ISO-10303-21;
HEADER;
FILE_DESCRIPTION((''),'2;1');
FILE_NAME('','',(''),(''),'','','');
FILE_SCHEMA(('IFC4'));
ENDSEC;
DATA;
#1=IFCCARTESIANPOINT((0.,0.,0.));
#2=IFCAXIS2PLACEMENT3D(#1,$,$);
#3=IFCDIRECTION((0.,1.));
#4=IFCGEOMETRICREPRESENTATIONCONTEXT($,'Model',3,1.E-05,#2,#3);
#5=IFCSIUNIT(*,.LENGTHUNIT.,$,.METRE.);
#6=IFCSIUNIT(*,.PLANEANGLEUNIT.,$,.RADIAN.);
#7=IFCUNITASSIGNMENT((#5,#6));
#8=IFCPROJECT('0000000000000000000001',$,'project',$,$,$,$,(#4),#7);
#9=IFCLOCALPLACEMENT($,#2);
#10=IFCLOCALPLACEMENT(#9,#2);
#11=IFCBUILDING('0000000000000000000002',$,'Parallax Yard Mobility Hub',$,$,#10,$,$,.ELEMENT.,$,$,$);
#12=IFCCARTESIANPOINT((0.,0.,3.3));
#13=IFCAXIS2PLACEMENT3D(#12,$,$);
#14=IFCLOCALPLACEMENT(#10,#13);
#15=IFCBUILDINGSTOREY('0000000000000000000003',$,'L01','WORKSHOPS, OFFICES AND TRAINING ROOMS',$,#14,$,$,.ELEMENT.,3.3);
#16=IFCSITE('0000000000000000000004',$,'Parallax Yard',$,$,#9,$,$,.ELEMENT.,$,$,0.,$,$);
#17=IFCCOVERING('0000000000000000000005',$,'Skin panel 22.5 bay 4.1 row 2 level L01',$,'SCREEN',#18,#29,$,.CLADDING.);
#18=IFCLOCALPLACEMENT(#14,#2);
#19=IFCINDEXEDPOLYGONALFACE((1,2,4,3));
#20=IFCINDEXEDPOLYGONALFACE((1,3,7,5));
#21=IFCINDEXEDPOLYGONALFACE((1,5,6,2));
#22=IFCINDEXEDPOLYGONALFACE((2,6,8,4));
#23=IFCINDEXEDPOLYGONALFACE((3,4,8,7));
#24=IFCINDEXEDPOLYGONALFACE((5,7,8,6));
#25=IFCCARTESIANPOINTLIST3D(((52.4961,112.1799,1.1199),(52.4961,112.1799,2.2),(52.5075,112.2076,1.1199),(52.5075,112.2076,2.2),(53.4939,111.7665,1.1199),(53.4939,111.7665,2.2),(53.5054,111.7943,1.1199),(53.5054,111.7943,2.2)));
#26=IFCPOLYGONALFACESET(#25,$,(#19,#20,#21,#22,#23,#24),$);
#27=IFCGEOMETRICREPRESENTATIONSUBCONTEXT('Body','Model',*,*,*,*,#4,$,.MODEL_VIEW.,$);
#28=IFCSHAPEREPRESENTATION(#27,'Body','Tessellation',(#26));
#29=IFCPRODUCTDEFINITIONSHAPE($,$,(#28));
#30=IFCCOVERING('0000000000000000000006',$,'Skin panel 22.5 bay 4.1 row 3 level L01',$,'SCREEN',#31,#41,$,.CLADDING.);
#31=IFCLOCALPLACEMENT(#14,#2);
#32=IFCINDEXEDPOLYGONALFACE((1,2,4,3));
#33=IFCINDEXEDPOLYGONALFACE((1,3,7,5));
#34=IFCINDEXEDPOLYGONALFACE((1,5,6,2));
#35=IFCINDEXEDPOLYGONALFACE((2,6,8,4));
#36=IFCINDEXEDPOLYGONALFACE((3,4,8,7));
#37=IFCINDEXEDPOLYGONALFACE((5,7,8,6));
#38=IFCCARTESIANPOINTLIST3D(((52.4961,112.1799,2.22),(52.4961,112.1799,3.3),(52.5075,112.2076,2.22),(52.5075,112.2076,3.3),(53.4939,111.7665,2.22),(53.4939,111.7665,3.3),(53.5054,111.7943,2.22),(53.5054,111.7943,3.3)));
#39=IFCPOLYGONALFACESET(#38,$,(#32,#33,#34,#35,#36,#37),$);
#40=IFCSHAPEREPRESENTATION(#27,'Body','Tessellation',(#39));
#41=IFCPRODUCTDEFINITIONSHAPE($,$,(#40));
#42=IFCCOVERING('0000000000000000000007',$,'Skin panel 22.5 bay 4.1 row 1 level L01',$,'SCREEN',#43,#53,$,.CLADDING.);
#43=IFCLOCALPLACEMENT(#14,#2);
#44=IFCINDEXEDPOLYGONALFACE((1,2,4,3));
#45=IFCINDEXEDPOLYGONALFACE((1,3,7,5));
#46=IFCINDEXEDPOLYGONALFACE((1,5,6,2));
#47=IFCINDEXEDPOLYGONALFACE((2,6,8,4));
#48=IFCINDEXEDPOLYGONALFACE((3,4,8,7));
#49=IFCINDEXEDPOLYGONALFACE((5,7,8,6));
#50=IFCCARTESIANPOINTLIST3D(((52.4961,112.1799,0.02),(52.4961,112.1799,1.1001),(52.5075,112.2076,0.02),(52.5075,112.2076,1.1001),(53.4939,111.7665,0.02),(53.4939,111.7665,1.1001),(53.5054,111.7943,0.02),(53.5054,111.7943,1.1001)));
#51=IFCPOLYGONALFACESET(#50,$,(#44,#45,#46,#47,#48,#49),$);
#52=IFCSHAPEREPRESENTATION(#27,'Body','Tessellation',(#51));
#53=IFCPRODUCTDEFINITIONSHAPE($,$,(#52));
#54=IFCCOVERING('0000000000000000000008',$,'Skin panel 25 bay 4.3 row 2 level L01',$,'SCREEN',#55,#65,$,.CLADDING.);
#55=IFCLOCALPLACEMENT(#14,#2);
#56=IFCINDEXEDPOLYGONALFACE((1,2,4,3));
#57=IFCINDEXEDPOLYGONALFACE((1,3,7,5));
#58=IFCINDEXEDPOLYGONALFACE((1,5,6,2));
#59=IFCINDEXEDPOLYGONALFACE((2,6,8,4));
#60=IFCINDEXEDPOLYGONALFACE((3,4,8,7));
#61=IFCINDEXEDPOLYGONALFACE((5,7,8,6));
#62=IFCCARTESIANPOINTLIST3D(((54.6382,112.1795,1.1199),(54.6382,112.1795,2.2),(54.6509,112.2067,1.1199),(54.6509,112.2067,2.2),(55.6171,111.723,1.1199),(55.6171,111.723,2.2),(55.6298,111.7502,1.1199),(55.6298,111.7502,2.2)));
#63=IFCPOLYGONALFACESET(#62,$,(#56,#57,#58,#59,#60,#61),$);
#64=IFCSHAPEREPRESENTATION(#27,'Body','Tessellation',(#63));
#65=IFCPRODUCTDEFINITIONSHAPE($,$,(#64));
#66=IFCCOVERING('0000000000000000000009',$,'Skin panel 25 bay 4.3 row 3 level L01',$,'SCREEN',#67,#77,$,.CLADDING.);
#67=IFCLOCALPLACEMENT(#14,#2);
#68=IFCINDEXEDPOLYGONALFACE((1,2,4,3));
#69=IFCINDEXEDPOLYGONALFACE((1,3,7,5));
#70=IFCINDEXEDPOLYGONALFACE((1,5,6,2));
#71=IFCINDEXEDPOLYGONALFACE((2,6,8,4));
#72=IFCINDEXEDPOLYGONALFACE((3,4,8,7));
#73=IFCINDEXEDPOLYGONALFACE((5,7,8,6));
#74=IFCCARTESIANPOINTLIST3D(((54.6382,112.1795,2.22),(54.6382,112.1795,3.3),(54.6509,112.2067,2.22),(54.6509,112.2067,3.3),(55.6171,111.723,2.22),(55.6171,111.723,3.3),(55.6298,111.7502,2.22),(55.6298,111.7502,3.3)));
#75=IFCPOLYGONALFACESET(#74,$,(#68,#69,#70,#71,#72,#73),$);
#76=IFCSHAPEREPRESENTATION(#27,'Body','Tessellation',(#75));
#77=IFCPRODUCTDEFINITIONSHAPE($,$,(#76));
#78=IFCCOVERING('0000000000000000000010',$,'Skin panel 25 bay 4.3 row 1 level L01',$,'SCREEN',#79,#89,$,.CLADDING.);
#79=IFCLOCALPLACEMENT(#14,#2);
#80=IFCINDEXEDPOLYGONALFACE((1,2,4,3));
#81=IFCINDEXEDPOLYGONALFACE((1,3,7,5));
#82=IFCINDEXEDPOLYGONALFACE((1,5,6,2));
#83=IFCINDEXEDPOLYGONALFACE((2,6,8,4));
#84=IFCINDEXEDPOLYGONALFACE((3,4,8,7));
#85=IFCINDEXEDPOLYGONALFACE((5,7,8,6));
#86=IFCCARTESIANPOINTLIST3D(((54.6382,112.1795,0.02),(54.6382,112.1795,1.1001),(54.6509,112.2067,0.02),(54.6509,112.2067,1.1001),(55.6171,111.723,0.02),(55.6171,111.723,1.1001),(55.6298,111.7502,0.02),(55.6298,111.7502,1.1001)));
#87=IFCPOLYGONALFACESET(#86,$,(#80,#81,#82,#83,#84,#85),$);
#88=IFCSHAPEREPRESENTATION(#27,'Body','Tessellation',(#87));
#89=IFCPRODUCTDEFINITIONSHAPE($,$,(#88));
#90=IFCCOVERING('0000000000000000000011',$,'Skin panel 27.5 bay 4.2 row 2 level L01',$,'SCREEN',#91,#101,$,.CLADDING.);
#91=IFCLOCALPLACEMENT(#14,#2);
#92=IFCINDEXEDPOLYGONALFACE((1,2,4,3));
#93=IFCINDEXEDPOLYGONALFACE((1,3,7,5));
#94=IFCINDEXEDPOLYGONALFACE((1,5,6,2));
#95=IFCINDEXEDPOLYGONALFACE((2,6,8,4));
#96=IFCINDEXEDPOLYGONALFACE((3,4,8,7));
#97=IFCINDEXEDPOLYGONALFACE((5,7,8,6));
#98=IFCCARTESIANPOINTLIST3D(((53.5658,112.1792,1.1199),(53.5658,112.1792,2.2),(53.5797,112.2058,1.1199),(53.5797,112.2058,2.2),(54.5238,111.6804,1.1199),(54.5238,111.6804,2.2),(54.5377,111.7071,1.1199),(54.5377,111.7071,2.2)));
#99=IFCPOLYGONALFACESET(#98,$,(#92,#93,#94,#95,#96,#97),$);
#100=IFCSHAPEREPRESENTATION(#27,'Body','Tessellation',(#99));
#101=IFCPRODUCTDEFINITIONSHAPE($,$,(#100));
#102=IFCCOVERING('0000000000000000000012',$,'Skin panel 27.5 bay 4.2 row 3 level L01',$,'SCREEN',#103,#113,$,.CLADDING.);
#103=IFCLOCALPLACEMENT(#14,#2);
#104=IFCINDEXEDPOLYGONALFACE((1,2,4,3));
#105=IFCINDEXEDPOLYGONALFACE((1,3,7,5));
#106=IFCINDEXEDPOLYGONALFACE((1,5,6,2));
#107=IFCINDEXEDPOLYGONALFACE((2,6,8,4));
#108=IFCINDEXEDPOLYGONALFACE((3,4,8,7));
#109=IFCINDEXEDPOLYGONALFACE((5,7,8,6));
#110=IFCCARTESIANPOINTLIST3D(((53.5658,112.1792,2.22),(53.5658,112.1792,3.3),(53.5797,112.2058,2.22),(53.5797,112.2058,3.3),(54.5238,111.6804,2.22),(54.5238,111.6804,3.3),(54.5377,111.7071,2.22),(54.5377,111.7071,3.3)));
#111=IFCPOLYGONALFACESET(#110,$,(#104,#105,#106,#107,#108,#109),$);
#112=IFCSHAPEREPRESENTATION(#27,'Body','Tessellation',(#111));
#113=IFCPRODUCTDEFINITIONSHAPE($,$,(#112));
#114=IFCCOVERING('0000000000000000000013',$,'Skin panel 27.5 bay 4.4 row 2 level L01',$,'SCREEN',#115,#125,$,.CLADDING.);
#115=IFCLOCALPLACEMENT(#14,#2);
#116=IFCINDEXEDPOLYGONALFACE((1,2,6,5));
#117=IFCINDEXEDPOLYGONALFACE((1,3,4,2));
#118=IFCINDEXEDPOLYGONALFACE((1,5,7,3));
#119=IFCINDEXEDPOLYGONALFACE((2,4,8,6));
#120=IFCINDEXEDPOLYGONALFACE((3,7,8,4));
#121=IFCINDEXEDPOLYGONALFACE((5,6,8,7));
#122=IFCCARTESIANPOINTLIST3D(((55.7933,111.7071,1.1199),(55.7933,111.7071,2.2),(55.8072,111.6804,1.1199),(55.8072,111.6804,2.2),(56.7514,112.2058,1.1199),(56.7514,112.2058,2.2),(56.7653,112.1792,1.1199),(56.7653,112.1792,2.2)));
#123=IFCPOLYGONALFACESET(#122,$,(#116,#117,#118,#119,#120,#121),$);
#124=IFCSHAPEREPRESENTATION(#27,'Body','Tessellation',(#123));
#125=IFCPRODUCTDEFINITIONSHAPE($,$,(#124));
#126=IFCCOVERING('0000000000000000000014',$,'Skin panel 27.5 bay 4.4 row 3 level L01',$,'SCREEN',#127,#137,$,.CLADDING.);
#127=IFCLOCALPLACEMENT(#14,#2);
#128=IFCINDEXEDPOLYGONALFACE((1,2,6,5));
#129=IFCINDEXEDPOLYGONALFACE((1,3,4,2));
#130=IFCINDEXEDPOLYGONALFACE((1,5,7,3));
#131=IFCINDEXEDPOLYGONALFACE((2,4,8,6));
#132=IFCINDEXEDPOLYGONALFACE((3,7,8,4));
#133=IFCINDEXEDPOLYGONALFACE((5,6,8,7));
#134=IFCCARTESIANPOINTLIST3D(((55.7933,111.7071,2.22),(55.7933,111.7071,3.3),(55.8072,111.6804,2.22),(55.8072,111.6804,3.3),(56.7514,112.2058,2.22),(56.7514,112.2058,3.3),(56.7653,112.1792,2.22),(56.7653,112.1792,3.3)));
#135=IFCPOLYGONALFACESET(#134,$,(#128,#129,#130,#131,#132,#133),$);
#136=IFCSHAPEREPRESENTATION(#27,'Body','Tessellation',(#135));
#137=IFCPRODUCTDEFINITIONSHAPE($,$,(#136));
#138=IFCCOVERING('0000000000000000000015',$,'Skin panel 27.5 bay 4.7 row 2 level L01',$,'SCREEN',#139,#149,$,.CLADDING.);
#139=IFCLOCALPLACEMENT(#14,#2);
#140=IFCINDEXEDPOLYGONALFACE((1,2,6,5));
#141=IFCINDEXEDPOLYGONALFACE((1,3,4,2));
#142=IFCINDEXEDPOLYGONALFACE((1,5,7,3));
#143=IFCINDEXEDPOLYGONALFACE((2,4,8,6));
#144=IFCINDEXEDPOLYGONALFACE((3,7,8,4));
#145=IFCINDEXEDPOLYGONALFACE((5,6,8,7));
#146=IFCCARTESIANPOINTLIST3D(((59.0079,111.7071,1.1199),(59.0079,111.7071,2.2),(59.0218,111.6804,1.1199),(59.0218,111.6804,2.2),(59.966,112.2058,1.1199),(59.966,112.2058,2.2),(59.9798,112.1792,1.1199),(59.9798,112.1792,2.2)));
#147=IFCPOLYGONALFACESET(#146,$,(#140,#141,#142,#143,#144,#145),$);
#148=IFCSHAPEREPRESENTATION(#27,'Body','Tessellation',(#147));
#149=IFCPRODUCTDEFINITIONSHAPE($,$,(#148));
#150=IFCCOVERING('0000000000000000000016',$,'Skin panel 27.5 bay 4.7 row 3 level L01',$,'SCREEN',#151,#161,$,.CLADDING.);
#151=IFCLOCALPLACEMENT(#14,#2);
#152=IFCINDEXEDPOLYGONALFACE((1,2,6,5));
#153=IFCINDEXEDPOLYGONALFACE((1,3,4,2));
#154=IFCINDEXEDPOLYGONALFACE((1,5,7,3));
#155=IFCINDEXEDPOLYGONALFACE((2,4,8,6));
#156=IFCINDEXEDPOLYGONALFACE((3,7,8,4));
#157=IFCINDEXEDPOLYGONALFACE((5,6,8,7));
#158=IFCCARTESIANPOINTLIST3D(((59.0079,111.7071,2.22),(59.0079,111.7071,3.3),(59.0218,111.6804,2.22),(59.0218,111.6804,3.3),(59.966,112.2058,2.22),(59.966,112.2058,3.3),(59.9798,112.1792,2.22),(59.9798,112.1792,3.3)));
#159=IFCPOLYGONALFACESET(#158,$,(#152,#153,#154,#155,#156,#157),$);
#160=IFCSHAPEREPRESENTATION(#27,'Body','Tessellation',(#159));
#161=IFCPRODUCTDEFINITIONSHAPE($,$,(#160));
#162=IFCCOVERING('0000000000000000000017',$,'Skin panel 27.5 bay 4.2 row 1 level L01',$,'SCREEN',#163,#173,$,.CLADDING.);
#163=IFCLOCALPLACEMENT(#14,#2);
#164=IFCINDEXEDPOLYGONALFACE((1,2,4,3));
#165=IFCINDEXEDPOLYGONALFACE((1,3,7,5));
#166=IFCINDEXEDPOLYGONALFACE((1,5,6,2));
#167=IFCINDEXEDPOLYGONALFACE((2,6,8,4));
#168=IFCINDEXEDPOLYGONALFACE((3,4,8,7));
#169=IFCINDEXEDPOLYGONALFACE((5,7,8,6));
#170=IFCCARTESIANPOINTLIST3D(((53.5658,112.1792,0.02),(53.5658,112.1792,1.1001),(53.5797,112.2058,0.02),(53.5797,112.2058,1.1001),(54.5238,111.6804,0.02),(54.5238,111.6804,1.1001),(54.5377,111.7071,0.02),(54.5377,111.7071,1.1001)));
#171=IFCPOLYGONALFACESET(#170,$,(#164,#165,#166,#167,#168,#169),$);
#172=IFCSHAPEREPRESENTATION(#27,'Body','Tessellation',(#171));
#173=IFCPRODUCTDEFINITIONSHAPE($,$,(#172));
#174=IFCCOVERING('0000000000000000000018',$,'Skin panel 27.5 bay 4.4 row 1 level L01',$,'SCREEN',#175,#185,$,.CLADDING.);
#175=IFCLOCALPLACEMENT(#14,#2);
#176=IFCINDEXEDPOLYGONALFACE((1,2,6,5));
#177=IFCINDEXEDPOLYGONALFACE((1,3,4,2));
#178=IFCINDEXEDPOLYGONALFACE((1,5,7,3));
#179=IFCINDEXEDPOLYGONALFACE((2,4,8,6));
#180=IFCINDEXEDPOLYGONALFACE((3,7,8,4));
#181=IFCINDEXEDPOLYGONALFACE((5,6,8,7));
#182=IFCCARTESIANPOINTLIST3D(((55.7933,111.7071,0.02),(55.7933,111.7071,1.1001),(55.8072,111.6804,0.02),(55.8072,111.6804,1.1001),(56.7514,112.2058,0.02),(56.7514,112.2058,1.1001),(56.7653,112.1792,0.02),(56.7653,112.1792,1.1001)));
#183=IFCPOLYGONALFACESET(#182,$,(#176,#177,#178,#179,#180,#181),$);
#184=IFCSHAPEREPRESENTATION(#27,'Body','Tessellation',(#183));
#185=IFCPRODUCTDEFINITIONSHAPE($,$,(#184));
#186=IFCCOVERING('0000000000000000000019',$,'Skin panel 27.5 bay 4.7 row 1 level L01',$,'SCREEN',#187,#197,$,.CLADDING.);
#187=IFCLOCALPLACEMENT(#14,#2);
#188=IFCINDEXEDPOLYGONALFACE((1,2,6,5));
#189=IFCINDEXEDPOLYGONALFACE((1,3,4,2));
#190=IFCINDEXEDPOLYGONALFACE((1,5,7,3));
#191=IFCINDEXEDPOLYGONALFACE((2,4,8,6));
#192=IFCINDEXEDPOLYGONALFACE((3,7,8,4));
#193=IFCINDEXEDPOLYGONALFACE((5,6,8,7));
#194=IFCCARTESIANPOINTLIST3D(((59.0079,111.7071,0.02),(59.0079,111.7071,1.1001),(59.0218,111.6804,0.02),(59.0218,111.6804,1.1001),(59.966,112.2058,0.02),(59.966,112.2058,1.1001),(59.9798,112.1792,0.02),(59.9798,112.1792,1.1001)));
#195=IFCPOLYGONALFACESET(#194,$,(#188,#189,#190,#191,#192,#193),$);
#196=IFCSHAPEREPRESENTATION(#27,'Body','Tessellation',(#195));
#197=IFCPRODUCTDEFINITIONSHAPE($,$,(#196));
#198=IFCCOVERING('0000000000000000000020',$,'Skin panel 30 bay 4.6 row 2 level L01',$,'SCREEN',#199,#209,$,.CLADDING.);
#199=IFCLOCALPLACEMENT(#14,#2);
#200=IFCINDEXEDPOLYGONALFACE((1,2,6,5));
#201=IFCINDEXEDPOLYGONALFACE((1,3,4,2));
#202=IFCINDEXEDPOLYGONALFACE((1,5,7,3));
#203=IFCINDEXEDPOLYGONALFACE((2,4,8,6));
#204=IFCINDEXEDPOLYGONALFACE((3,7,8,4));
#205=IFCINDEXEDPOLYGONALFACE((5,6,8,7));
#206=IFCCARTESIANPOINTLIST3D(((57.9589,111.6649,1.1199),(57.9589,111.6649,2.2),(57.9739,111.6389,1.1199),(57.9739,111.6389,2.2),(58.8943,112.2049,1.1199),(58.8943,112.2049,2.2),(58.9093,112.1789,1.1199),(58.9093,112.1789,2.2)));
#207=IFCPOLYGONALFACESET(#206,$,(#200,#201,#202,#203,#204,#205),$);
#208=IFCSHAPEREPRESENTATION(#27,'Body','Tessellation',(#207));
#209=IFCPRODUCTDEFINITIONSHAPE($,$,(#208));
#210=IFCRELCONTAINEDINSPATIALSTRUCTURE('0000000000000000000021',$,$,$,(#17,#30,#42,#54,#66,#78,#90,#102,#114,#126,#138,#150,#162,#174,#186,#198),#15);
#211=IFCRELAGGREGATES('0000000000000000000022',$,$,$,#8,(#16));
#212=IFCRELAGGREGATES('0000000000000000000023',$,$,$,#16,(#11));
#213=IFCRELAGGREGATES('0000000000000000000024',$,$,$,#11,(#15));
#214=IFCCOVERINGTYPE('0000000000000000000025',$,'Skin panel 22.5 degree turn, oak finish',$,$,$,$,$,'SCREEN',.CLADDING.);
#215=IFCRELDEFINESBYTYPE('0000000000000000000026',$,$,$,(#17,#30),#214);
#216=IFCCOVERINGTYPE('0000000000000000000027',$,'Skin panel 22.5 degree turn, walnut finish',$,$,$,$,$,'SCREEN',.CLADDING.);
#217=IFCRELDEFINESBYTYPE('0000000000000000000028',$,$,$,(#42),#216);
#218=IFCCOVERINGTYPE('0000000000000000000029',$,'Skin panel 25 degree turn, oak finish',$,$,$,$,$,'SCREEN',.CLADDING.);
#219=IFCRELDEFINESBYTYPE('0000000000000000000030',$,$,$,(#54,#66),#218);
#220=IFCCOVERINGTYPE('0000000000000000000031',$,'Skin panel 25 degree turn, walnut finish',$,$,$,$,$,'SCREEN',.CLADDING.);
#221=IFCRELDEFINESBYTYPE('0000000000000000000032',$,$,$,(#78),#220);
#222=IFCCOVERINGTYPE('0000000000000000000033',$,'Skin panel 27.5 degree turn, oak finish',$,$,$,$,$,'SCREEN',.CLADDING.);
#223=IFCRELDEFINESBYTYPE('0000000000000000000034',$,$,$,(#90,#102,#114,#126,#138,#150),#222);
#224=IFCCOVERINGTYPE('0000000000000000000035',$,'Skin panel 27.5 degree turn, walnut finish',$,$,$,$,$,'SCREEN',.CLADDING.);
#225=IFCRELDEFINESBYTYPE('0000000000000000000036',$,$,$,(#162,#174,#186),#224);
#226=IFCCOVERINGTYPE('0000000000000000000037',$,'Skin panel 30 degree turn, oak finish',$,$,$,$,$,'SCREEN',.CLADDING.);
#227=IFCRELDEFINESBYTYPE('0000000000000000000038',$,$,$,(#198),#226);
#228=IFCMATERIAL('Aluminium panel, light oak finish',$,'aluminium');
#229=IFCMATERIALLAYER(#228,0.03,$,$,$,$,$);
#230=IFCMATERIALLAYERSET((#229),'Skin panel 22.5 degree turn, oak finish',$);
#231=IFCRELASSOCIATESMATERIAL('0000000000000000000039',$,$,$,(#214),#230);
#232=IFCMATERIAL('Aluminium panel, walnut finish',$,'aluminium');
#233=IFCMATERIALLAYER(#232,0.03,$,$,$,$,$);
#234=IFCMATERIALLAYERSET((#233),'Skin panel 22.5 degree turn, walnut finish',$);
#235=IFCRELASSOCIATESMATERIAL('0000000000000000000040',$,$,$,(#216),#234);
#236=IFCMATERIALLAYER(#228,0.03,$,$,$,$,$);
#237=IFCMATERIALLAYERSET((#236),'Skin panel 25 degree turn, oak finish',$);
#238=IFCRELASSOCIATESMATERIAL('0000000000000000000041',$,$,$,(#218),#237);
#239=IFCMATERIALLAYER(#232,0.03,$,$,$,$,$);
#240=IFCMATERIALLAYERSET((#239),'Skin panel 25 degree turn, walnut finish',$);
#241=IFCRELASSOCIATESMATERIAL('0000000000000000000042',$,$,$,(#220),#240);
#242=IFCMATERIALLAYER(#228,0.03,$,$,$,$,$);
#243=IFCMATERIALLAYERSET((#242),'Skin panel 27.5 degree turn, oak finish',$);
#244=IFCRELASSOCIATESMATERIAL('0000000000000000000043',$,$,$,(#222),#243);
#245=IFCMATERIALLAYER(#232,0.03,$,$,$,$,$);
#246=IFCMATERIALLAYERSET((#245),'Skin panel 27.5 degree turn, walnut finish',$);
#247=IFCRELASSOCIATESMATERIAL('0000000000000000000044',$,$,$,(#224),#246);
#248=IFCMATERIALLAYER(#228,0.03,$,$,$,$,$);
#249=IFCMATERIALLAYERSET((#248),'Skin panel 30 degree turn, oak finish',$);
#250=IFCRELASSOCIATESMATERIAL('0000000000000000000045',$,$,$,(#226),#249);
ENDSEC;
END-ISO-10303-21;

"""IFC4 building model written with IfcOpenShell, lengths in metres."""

from ifc_helpers import new_model, si_unit, direction, frame, origin, origin_2d, place, context, subcontext, project, spatial, rectangle, extrude, material, layer, layer_set, type_object, element, save


model = new_model("IFC4")

# Units and contexts
model_context = context("Model", 3, precision=1e-05, world=origin(), true_north=direction((0.0, 1.0)))
body_context = subcontext(model_context, "Body", "Model", "MODEL_VIEW")
ifc_project = project(units=[si_unit("LENGTHUNIT", "METRE"), si_unit("PLANEANGLEUNIT", "RADIAN")], contexts=[model_context])

# Site, building, storey
site_placement = place(None, origin())
site = spatial("IfcSite", under=ifc_project, at=site_placement, Name="Parallax Yard", CompositionType="ELEMENT", RefElevation=0.0)
building_placement = place(site_placement, origin())
building = spatial("IfcBuilding", under=site, at=building_placement, Name="Parallax Yard Mobility Hub", CompositionType="ELEMENT")
storey_placement = place(building_placement, frame((0.0, 0.0, 3.3)))
storey = spatial("IfcBuildingStorey", under=building, at=storey_placement, Name="L01", Description="WORKSHOPS, OFFICES AND TRAINING ROOMS", CompositionType="ELEMENT", Elevation=3.3)

# Coverings
ifc_material_1 = material(Name="Aluminium panel, light oak finish", Category="aluminium")
ifc_layer_1 = layer(ifc_material_1, 0.03)
ifc_layer_set_1 = layer_set([ifc_layer_1], Name="Skin panel 22.5 degree turn, oak finish")
covering_type_1 = type_object("IfcCoveringType", Name="Skin panel 22.5 degree turn, oak finish", ElementType="SCREEN", PredefinedType="CLADDING", material=ifc_layer_set_1)
for number, where, z_axis, x_axis, name in (
    (1, (53.0007, 111.9871, 1.1199), (0.0, 0.0, 1.0), (0.92388, -0.382683, 0.0), "Skin panel 22.5 bay 4.1 row 2 level L01"),
    (2, (53.0007, 111.9871, 2.22), (0.0, 0.0, 1.0), (0.92388, -0.382683, 0.0), "Skin panel 22.5 bay 4.1 row 3 level L01"),
):
    element("IfcCovering", number, at=place(storey_placement, frame(where, z_axis=z_axis, x_axis=x_axis)), inside=storey, type_object=covering_type_1, Name=name, ObjectType="SCREEN", PredefinedType="CLADDING", context=body_context, shape_type="SweptSolid", body=[
        extrude(rectangle(XDim=1.0801, YDim=0.03, at=origin_2d()), origin(), (0.0, 0.0, 1.0), 1.0801),
    ])
ifc_material_2 = material(Name="Aluminium panel, walnut finish", Category="aluminium")
ifc_layer_2 = layer(ifc_material_2, 0.03)
ifc_layer_set_2 = layer_set([ifc_layer_2], Name="Skin panel 22.5 degree turn, walnut finish")
covering_type_2 = type_object("IfcCoveringType", Name="Skin panel 22.5 degree turn, walnut finish", ElementType="SCREEN", PredefinedType="CLADDING", material=ifc_layer_set_2)
covering_1_placement = place(storey_placement, frame((53.0007, 111.9871, 0.02), z_axis=(0.0, 0.0, 1.0), x_axis=(0.92388, -0.382683, 0.0)))
element("IfcCovering", 3, at=covering_1_placement, inside=storey, type_object=covering_type_2, Name="Skin panel 22.5 bay 4.1 row 1 level L01", ObjectType="SCREEN", PredefinedType="CLADDING", context=body_context, shape_type="SweptSolid", body=[
    extrude(rectangle(XDim=1.0801, YDim=0.03, at=origin_2d()), origin(), (0.0, 0.0, 1.0), 1.0801),
])
ifc_layer_3 = layer(ifc_material_1, 0.03)
ifc_layer_set_3 = layer_set([ifc_layer_3], Name="Skin panel 25 degree turn, oak finish")
covering_type_3 = type_object("IfcCoveringType", Name="Skin panel 25 degree turn, oak finish", ElementType="SCREEN", PredefinedType="CLADDING", material=ifc_layer_set_3)
for number, where, z_axis, x_axis, name in (
    (4, (55.134, 111.9648, 1.1199), (0.0, 0.0, 1.0), (0.906308, -0.422618, 0.0), "Skin panel 25 bay 4.3 row 2 level L01"),
    (5, (55.134, 111.9648, 2.22), (0.0, 0.0, 1.0), (0.906308, -0.422618, 0.0), "Skin panel 25 bay 4.3 row 3 level L01"),
):
    element("IfcCovering", number, at=place(storey_placement, frame(where, z_axis=z_axis, x_axis=x_axis)), inside=storey, type_object=covering_type_3, Name=name, ObjectType="SCREEN", PredefinedType="CLADDING", context=body_context, shape_type="SweptSolid", body=[
        extrude(rectangle(XDim=1.0801, YDim=0.03, at=origin_2d()), origin(), (0.0, 0.0, 1.0), 1.0801),
    ])
ifc_layer_4 = layer(ifc_material_2, 0.03)
ifc_layer_set_4 = layer_set([ifc_layer_4], Name="Skin panel 25 degree turn, walnut finish")
covering_type_4 = type_object("IfcCoveringType", Name="Skin panel 25 degree turn, walnut finish", ElementType="SCREEN", PredefinedType="CLADDING", material=ifc_layer_set_4)
covering_2_placement = place(storey_placement, frame((55.134, 111.9648, 0.02), z_axis=(0.0, 0.0, 1.0), x_axis=(0.906308, -0.422618, 0.0)))
element("IfcCovering", 6, at=covering_2_placement, inside=storey, type_object=covering_type_4, Name="Skin panel 25 bay 4.3 row 1 level L01", ObjectType="SCREEN", PredefinedType="CLADDING", context=body_context, shape_type="SweptSolid", body=[
    extrude(rectangle(XDim=1.0801, YDim=0.03, at=origin_2d()), origin(), (0.0, 0.0, 1.0), 1.0801),
])
ifc_layer_5 = layer(ifc_material_1, 0.03)
ifc_layer_set_5 = layer_set([ifc_layer_5], Name="Skin panel 27.5 degree turn, oak finish")
covering_type_5 = type_object("IfcCoveringType", Name="Skin panel 27.5 degree turn, oak finish", ElementType="SCREEN", PredefinedType="CLADDING", material=ifc_layer_set_5)
for number, where, z_axis, x_axis, name in (
    (7, (54.0518, 111.9431, 1.1199), (0.0, 0.0, 1.0), (0.887011, -0.461749, 0.0), "Skin panel 27.5 bay 4.2 row 2 level L01"),
    (8, (54.0518, 111.9431, 2.22), (0.0, 0.0, 1.0), (0.887011, -0.461749, 0.0), "Skin panel 27.5 bay 4.2 row 3 level L01"),
    (9, (56.2793, 111.9431, 1.1199), (0.0, 0.0, 1.0), (-0.887011, -0.461749, 0.0), "Skin panel 27.5 bay 4.4 row 2 level L01"),
    (10, (56.2793, 111.9431, 2.22), (0.0, 0.0, 1.0), (-0.887011, -0.461749, 0.0), "Skin panel 27.5 bay 4.4 row 3 level L01"),
    (11, (59.4939, 111.9431, 1.1199), (0.0, 0.0, 1.0), (-0.887011, -0.461749, 0.0), "Skin panel 27.5 bay 4.7 row 2 level L01"),
    (12, (59.4939, 111.9431, 2.22), (0.0, 0.0, 1.0), (-0.887011, -0.461749, 0.0), "Skin panel 27.5 bay 4.7 row 3 level L01"),
):
    element("IfcCovering", number, at=place(storey_placement, frame(where, z_axis=z_axis, x_axis=x_axis)), inside=storey, type_object=covering_type_5, Name=name, ObjectType="SCREEN", PredefinedType="CLADDING", context=body_context, shape_type="SweptSolid", body=[
        extrude(rectangle(XDim=1.0801, YDim=0.03, at=origin_2d()), origin(), (0.0, 0.0, 1.0), 1.0801),
    ])
ifc_layer_6 = layer(ifc_material_2, 0.03)
ifc_layer_set_6 = layer_set([ifc_layer_6], Name="Skin panel 27.5 degree turn, walnut finish")
covering_type_6 = type_object("IfcCoveringType", Name="Skin panel 27.5 degree turn, walnut finish", ElementType="SCREEN", PredefinedType="CLADDING", material=ifc_layer_set_6)
for number, where, z_axis, x_axis, name in (
    (13, (54.0518, 111.9431, 0.02), (0.0, 0.0, 1.0), (0.887011, -0.461749, 0.0), "Skin panel 27.5 bay 4.2 row 1 level L01"),
    (14, (56.2793, 111.9431, 0.02), (0.0, 0.0, 1.0), (-0.887011, -0.461749, 0.0), "Skin panel 27.5 bay 4.4 row 1 level L01"),
    (15, (59.4939, 111.9431, 0.02), (0.0, 0.0, 1.0), (-0.887011, -0.461749, 0.0), "Skin panel 27.5 bay 4.7 row 1 level L01"),
):
    element("IfcCovering", number, at=place(storey_placement, frame(where, z_axis=z_axis, x_axis=x_axis)), inside=storey, type_object=covering_type_6, Name=name, ObjectType="SCREEN", PredefinedType="CLADDING", context=body_context, shape_type="SweptSolid", body=[
        extrude(rectangle(XDim=1.0801, YDim=0.03, at=origin_2d()), origin(), (0.0, 0.0, 1.0), 1.0801),
    ])
ifc_layer_7 = layer(ifc_material_1, 0.03)
ifc_layer_set_7 = layer_set([ifc_layer_7], Name="Skin panel 30 degree turn, oak finish")
covering_type_7 = type_object("IfcCoveringType", Name="Skin panel 30 degree turn, oak finish", ElementType="SCREEN", PredefinedType="CLADDING", material=ifc_layer_set_7)
for number, where, z_axis, x_axis, name in (
    (16, (58.4341, 111.9219, 1.1199), (0.0, 0.0, 1.0), (-0.866025, -0.5, 0.0), "Skin panel 30 bay 4.6 row 2 level L01"),
):
    element("IfcCovering", number, at=place(storey_placement, frame(where, z_axis=z_axis, x_axis=x_axis)), inside=storey, type_object=covering_type_7, Name=name, ObjectType="SCREEN", PredefinedType="CLADDING", context=body_context, shape_type="SweptSolid", body=[
        extrude(rectangle(XDim=1.0801, YDim=0.03, at=origin_2d()), origin(), (0.0, 0.0, 1.0), 1.0801),
    ])

save(model, "model.ifc")
